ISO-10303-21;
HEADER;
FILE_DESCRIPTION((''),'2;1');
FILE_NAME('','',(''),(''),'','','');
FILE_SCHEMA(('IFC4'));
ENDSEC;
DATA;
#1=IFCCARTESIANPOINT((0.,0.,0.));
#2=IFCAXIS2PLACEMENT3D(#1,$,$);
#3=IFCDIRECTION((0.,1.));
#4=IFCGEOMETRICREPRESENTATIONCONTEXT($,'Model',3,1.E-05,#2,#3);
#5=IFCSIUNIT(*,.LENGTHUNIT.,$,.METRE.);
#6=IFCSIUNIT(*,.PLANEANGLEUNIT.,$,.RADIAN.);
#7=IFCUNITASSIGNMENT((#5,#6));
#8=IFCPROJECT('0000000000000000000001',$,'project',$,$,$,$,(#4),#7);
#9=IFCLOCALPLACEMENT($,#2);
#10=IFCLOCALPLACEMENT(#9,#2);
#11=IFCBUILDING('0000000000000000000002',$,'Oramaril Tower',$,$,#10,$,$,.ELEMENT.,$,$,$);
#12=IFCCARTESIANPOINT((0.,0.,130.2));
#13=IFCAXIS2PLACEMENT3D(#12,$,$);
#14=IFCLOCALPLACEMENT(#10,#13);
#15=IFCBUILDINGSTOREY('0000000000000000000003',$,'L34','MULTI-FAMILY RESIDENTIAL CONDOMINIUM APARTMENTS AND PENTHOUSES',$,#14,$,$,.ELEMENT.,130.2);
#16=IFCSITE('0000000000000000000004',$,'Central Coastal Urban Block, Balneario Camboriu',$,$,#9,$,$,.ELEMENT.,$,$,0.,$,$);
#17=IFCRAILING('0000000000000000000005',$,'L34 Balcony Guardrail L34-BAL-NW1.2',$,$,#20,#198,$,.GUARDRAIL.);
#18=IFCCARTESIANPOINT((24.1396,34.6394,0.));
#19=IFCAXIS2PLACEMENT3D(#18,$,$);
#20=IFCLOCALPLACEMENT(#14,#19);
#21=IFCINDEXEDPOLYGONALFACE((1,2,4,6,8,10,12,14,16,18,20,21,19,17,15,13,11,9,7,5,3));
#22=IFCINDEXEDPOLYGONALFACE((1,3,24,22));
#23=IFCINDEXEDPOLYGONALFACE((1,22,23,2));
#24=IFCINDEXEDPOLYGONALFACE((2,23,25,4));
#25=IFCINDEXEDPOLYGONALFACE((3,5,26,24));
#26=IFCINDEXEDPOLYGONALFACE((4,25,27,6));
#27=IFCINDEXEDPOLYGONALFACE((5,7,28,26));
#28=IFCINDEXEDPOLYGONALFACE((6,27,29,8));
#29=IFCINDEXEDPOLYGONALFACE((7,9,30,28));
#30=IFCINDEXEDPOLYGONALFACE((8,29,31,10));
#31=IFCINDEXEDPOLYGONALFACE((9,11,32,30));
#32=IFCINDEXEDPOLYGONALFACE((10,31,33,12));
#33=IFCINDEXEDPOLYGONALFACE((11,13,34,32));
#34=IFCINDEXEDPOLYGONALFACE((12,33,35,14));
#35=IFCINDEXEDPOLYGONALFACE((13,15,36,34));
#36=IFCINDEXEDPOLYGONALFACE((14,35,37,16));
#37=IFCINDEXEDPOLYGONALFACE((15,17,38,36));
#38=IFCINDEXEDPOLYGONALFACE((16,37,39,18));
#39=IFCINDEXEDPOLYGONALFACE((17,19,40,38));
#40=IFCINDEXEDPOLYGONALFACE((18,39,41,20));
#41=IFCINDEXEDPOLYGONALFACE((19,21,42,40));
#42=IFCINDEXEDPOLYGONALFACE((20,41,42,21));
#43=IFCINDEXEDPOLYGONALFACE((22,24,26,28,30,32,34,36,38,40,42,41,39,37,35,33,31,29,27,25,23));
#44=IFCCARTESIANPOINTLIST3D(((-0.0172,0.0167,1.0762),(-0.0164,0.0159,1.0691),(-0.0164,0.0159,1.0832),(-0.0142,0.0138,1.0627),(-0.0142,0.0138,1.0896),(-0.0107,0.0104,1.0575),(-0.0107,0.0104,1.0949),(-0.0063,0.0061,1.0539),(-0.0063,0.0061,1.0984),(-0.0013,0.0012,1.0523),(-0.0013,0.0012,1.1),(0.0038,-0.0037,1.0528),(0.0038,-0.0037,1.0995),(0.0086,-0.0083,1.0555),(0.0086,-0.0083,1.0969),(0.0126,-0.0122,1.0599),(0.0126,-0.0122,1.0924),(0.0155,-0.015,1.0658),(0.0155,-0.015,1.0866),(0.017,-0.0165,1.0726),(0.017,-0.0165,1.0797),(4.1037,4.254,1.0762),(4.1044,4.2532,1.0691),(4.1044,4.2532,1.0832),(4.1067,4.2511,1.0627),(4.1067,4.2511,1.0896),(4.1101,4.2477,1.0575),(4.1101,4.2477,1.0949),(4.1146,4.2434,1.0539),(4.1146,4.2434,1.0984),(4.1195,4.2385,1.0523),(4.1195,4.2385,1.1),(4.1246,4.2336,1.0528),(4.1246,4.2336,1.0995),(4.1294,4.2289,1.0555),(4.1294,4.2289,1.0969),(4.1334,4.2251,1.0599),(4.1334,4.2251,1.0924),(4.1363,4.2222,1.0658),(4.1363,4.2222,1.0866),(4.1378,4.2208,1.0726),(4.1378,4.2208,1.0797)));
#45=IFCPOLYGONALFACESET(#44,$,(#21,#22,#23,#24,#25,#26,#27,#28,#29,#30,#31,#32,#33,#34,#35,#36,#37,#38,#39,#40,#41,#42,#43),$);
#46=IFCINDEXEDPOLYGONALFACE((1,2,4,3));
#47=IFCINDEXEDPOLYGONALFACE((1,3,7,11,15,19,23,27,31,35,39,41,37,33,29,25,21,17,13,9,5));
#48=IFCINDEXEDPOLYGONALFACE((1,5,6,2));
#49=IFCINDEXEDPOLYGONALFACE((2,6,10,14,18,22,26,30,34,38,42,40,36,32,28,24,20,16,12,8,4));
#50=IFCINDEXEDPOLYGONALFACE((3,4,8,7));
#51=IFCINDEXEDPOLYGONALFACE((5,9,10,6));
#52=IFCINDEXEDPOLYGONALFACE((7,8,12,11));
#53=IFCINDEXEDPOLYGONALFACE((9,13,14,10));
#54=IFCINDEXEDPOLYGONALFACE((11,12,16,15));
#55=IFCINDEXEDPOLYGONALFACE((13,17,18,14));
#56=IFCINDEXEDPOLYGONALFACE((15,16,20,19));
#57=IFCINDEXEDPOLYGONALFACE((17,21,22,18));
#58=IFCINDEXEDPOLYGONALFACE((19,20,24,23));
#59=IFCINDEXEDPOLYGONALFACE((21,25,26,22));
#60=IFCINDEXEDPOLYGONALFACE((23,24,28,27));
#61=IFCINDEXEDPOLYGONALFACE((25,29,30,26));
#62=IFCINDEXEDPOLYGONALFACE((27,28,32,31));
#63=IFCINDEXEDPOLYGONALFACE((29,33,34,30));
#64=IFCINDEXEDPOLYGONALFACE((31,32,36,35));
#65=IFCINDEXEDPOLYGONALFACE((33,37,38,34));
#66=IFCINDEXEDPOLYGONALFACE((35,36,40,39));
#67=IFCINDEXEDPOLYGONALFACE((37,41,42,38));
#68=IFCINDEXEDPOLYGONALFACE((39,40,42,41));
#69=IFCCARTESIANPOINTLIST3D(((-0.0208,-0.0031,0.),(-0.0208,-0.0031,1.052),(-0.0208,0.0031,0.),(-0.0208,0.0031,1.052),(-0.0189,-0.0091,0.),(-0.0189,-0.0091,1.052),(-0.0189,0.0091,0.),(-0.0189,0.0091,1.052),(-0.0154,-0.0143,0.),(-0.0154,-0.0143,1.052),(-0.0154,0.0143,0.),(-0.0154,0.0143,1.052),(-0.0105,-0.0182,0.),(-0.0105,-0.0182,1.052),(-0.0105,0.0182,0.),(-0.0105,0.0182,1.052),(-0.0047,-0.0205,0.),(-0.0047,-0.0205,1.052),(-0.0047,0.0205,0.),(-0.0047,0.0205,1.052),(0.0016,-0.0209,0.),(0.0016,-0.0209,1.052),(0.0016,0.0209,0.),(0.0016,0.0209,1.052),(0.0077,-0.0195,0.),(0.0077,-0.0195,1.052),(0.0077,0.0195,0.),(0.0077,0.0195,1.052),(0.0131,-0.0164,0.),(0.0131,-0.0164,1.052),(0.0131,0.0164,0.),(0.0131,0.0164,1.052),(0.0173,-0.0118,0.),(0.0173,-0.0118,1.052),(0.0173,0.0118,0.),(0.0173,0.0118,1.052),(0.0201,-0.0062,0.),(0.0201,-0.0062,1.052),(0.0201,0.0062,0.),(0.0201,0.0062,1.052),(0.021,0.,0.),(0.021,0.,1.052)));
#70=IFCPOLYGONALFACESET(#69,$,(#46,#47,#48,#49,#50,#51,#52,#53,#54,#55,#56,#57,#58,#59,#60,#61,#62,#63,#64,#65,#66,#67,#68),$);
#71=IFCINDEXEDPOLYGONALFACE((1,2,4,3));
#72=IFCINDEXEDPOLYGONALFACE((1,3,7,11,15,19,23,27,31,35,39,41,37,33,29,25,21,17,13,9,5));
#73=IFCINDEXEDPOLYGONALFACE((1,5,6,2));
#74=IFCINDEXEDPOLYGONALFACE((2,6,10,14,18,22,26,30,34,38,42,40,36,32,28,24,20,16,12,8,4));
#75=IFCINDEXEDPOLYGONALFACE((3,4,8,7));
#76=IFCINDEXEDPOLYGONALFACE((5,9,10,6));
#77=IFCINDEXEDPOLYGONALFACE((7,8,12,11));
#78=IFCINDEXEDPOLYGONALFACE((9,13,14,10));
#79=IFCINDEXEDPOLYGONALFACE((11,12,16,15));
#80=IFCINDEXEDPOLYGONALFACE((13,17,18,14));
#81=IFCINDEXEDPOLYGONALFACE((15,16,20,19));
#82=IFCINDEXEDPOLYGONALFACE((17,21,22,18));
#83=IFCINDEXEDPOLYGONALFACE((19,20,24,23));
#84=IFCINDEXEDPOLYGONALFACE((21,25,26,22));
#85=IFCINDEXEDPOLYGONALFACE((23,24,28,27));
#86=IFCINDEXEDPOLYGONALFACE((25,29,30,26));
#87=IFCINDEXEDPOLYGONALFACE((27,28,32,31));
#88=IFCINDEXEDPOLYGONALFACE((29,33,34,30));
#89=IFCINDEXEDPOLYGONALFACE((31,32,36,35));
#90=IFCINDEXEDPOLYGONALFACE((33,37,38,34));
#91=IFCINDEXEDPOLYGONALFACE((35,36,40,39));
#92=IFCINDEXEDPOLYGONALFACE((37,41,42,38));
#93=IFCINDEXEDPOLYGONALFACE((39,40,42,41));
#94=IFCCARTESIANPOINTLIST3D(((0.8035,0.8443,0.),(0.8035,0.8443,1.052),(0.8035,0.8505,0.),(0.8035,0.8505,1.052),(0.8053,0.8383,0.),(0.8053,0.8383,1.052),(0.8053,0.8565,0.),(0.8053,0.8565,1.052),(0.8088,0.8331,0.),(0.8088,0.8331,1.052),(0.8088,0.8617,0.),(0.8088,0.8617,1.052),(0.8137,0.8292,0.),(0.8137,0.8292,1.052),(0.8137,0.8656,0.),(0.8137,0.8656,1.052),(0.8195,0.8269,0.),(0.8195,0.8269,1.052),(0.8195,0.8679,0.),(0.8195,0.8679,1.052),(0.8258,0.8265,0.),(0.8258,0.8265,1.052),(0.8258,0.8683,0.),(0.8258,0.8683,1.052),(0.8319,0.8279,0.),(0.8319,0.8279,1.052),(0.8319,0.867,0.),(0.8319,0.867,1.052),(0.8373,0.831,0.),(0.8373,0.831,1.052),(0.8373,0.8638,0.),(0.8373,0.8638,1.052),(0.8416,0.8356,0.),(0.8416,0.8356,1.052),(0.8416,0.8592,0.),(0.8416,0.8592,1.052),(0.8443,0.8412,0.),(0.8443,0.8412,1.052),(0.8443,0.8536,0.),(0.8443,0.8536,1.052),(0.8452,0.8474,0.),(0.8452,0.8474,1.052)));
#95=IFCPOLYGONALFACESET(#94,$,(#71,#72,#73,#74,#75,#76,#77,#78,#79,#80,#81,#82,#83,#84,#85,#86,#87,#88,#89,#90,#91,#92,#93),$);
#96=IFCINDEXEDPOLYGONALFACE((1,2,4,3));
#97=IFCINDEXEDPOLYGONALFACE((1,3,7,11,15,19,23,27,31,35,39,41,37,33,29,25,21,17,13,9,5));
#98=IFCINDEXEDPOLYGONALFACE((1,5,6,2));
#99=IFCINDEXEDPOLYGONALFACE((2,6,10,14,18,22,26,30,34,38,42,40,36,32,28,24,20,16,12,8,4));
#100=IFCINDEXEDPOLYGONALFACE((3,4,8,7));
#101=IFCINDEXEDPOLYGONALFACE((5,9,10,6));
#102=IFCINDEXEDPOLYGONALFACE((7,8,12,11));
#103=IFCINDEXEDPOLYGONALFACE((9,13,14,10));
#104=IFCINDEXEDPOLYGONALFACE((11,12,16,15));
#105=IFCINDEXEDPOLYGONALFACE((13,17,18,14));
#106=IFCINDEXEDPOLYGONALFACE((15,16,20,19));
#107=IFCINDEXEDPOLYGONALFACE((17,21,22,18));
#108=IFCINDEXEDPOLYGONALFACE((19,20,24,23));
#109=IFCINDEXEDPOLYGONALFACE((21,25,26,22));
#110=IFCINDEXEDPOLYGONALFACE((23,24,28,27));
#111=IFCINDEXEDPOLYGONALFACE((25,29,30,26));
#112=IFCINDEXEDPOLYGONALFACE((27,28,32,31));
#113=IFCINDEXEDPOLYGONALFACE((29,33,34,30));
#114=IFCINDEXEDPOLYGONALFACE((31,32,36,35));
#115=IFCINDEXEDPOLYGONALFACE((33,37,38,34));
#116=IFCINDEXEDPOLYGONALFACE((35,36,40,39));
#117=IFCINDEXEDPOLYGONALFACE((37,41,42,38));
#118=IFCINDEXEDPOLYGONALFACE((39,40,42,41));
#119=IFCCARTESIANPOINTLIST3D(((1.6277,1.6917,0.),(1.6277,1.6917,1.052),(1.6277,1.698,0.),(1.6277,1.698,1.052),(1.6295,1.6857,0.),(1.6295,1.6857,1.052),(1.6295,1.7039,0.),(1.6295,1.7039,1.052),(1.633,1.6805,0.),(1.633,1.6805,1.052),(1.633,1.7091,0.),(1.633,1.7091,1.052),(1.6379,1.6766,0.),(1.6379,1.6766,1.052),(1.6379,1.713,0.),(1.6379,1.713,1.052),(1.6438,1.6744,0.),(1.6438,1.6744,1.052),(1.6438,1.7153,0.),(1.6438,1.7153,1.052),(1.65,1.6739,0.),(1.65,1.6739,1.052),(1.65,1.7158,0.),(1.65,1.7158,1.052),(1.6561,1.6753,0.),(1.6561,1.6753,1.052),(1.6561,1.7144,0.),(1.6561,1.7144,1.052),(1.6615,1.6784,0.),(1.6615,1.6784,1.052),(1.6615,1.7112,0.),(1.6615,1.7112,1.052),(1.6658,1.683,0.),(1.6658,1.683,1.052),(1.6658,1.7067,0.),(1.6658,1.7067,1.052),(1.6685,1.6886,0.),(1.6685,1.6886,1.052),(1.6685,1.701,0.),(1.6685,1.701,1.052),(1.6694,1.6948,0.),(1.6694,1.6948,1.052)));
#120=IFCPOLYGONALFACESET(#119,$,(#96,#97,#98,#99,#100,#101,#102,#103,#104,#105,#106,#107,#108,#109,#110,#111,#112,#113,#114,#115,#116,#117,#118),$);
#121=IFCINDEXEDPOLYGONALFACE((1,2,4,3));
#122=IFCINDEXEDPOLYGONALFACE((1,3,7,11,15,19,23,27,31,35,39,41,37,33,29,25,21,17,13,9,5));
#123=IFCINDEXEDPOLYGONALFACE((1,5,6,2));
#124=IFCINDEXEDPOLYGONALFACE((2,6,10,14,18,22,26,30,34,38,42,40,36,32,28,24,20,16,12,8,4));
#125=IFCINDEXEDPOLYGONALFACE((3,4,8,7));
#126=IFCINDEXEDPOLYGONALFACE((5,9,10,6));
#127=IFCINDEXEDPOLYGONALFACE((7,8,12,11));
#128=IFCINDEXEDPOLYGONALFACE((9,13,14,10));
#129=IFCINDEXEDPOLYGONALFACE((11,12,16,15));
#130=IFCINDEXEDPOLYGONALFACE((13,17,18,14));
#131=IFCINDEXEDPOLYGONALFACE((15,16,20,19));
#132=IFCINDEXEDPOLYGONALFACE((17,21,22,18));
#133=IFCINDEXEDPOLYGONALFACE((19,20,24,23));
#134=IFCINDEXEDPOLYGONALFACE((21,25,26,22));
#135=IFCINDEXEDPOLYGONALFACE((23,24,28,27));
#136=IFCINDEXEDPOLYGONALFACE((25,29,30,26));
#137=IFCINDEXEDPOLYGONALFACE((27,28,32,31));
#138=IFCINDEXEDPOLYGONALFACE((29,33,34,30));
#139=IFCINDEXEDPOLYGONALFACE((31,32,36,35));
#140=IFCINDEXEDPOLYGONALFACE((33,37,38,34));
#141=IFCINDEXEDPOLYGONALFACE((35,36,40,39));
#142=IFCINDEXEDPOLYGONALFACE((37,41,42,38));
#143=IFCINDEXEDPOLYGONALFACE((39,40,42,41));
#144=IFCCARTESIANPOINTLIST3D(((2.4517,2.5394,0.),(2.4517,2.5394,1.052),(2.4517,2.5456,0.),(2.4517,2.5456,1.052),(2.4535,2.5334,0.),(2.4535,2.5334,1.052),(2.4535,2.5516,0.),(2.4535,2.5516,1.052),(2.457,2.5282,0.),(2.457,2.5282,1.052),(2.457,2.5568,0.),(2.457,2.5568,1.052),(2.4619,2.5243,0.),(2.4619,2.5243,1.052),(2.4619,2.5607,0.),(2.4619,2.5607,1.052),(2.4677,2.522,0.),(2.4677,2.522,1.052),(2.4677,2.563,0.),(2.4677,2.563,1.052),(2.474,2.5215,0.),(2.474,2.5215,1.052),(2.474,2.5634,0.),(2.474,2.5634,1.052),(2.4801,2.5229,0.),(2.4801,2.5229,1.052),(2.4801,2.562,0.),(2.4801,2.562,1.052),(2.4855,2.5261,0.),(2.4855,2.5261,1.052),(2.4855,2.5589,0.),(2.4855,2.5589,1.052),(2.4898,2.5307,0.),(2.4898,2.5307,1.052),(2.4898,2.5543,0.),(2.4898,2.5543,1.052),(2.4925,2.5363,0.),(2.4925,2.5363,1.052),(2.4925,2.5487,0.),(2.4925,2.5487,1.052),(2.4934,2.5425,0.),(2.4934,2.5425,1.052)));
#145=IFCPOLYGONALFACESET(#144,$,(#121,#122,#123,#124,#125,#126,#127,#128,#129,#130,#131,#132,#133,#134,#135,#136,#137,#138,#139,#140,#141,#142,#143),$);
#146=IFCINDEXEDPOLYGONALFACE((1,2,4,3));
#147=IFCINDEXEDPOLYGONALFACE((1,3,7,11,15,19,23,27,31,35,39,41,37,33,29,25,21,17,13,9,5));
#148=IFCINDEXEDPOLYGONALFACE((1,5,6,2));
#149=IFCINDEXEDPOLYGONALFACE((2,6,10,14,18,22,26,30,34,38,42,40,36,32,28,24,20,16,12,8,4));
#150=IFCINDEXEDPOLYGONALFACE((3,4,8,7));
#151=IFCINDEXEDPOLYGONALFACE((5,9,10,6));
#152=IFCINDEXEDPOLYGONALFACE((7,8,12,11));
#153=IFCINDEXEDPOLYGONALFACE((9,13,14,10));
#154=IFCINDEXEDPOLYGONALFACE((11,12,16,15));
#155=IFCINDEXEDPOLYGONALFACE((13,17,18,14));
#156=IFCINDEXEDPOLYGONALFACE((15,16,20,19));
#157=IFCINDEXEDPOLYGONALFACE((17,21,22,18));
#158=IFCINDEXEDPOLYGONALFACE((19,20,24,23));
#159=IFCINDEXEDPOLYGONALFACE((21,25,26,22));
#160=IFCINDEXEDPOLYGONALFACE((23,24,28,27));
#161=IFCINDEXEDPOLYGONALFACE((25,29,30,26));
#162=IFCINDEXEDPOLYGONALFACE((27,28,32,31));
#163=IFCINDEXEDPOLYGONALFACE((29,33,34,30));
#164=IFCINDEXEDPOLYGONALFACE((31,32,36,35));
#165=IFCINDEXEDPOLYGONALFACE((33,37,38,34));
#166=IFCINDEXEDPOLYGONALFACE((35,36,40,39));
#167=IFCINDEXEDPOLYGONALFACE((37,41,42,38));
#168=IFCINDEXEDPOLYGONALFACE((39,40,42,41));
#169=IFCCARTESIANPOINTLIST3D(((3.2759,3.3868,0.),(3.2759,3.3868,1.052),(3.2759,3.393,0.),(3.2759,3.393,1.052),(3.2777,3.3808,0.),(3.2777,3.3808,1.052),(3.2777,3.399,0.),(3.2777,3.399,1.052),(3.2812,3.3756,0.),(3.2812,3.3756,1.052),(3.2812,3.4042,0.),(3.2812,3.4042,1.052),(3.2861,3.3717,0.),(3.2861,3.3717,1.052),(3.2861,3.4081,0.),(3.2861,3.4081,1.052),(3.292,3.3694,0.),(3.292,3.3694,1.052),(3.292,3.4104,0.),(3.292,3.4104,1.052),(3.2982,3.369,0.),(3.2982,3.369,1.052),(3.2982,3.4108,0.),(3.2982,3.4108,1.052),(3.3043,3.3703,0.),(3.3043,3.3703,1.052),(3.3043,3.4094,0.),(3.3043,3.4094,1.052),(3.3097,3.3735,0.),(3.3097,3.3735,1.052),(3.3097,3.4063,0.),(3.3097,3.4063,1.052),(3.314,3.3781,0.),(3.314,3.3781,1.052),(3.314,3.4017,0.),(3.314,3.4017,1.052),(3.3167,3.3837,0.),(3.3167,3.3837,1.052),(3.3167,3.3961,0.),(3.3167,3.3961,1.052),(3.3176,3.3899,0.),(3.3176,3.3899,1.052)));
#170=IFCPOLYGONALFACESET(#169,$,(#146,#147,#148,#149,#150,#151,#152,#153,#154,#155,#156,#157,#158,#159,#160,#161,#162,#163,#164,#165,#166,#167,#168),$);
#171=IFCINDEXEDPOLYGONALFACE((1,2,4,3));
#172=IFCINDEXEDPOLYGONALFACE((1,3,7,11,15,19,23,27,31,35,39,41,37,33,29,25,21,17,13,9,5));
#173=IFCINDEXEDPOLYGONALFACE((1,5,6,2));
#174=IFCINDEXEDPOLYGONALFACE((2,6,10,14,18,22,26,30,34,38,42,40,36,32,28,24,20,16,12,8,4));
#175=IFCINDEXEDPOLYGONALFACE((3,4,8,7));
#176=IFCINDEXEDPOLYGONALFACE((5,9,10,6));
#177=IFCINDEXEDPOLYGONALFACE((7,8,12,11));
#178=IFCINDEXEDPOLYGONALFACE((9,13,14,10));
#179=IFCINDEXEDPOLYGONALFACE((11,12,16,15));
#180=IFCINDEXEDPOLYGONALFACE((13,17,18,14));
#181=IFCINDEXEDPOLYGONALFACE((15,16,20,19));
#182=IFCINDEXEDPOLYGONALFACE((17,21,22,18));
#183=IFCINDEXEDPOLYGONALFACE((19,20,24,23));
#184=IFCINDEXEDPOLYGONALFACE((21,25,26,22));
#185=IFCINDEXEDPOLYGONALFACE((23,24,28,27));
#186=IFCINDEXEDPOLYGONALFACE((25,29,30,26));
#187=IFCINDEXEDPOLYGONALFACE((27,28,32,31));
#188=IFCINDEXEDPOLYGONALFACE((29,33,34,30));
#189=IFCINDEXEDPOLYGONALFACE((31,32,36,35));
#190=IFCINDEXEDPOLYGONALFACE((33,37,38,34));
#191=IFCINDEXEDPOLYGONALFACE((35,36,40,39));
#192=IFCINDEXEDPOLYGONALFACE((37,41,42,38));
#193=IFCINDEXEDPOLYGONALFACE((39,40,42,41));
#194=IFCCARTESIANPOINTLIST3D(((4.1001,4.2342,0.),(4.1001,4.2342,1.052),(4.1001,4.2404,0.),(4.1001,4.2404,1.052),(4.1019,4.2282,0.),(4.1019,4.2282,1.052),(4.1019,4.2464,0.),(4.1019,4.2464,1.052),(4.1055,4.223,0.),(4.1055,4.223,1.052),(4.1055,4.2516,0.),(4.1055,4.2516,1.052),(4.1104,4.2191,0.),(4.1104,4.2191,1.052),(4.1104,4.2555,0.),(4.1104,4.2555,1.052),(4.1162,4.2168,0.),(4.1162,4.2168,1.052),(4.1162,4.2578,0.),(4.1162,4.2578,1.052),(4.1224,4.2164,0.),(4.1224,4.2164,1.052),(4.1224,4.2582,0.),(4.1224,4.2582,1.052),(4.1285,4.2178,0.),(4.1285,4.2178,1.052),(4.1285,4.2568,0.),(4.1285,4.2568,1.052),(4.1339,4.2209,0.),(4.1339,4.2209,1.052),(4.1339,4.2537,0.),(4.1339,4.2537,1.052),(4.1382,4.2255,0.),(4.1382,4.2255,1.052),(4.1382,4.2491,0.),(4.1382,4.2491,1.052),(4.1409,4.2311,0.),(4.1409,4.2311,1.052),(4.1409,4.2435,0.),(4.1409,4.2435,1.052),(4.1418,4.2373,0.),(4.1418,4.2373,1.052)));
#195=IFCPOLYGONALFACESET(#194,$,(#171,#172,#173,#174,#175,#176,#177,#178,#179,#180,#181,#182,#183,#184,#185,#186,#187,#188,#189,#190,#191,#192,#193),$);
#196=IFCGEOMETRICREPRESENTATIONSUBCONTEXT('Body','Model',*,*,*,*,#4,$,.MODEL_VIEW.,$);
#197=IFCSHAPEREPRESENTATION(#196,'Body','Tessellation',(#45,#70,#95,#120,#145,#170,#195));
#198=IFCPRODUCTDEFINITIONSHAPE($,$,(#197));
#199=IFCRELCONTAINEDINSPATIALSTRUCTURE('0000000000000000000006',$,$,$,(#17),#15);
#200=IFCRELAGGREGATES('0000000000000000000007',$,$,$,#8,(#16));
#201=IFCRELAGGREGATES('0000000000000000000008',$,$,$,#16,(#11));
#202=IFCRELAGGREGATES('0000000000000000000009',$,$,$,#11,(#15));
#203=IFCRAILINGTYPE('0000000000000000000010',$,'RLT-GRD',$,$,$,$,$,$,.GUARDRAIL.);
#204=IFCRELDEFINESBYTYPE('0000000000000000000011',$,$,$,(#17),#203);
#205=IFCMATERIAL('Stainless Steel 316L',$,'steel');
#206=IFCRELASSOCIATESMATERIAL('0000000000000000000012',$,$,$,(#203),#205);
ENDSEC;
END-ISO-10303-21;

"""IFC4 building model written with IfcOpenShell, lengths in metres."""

from ifc_helpers import new_model, si_unit, direction, frame, origin, origin_2d, place, context, subcontext, project, spatial, circle, extrude, material, type_object, element, save


model = new_model("IFC4")

# Units and contexts
model_context = context("Model", 3, precision=1e-05, world=origin(), true_north=direction((0.0, 1.0)))
body_context = subcontext(model_context, "Body", "Model", "MODEL_VIEW")
ifc_project = project(units=[si_unit("LENGTHUNIT", "METRE"), si_unit("PLANEANGLEUNIT", "RADIAN")], contexts=[model_context])

# Site, building, storey
site_placement = place(None, origin())
site = spatial("IfcSite", under=ifc_project, at=site_placement, Name="Central Coastal Urban Block, Balneario Camboriu", CompositionType="ELEMENT", RefElevation=0.0)
building_placement = place(site_placement, origin())
building = spatial("IfcBuilding", under=site, at=building_placement, Name="Oramaril Tower", CompositionType="ELEMENT")
storey_placement = place(building_placement, frame((0.0, 0.0, 130.2)))
storey = spatial("IfcBuildingStorey", under=building, at=storey_placement, Name="L34", Description="MULTI-FAMILY RESIDENTIAL CONDOMINIUM APARTMENTS AND PENTHOUSES", CompositionType="ELEMENT", Elevation=130.2)

# Railing
ifc_material_1 = material(Name="Stainless Steel 316L", Category="steel")
railing_type = type_object("IfcRailingType", Name="RLT-GRD", PredefinedType="GUARDRAIL", material=ifc_material_1)
railing_1_placement = place(storey_placement, frame((24.1396, 34.6394, 0.0)))
element("IfcRailing", 1, at=railing_1_placement, inside=storey, type_object=railing_type, Name="L34 Balcony Guardrail L34-BAL-NW1.2", PredefinedType="GUARDRAIL", context=body_context, shape_type="SweptSolid", body=[
    extrude(circle(Radius=0.0239, at=origin_2d()), frame((0.0, 0.0, 1.0762), z_axis=(0.697187, 0.716889, 0.0), x_axis=(-0.716889, 0.697187, 0.0)), (0.0, 0.0, 1.0), 5.9106),
    extrude(circle(Radius=0.021, at=origin_2d()), origin(), (0.0, 0.0, 1.0), 1.052),
    extrude(circle(Radius=0.021, at=origin_2d()), frame((0.8242, 0.8474, 0.0)), (0.0, 0.0, 1.0), 1.052),
    extrude(circle(Radius=0.021, at=origin_2d()), frame((1.6484, 1.6948, 0.0)), (0.0, 0.0, 1.0), 1.052),
    extrude(circle(Radius=0.021, at=origin_2d()), frame((2.4724, 2.5425, 0.0)), (0.0, 0.0, 1.0), 1.052),
    extrude(circle(Radius=0.021, at=origin_2d()), frame((3.2966, 3.3899, 0.0)), (0.0, 0.0, 1.0), 1.052),
    extrude(circle(Radius=0.021, at=origin_2d()), frame((4.1208, 4.2373, 0.0)), (0.0, 0.0, 1.0), 1.052),
])

save(model, "model.ifc")
